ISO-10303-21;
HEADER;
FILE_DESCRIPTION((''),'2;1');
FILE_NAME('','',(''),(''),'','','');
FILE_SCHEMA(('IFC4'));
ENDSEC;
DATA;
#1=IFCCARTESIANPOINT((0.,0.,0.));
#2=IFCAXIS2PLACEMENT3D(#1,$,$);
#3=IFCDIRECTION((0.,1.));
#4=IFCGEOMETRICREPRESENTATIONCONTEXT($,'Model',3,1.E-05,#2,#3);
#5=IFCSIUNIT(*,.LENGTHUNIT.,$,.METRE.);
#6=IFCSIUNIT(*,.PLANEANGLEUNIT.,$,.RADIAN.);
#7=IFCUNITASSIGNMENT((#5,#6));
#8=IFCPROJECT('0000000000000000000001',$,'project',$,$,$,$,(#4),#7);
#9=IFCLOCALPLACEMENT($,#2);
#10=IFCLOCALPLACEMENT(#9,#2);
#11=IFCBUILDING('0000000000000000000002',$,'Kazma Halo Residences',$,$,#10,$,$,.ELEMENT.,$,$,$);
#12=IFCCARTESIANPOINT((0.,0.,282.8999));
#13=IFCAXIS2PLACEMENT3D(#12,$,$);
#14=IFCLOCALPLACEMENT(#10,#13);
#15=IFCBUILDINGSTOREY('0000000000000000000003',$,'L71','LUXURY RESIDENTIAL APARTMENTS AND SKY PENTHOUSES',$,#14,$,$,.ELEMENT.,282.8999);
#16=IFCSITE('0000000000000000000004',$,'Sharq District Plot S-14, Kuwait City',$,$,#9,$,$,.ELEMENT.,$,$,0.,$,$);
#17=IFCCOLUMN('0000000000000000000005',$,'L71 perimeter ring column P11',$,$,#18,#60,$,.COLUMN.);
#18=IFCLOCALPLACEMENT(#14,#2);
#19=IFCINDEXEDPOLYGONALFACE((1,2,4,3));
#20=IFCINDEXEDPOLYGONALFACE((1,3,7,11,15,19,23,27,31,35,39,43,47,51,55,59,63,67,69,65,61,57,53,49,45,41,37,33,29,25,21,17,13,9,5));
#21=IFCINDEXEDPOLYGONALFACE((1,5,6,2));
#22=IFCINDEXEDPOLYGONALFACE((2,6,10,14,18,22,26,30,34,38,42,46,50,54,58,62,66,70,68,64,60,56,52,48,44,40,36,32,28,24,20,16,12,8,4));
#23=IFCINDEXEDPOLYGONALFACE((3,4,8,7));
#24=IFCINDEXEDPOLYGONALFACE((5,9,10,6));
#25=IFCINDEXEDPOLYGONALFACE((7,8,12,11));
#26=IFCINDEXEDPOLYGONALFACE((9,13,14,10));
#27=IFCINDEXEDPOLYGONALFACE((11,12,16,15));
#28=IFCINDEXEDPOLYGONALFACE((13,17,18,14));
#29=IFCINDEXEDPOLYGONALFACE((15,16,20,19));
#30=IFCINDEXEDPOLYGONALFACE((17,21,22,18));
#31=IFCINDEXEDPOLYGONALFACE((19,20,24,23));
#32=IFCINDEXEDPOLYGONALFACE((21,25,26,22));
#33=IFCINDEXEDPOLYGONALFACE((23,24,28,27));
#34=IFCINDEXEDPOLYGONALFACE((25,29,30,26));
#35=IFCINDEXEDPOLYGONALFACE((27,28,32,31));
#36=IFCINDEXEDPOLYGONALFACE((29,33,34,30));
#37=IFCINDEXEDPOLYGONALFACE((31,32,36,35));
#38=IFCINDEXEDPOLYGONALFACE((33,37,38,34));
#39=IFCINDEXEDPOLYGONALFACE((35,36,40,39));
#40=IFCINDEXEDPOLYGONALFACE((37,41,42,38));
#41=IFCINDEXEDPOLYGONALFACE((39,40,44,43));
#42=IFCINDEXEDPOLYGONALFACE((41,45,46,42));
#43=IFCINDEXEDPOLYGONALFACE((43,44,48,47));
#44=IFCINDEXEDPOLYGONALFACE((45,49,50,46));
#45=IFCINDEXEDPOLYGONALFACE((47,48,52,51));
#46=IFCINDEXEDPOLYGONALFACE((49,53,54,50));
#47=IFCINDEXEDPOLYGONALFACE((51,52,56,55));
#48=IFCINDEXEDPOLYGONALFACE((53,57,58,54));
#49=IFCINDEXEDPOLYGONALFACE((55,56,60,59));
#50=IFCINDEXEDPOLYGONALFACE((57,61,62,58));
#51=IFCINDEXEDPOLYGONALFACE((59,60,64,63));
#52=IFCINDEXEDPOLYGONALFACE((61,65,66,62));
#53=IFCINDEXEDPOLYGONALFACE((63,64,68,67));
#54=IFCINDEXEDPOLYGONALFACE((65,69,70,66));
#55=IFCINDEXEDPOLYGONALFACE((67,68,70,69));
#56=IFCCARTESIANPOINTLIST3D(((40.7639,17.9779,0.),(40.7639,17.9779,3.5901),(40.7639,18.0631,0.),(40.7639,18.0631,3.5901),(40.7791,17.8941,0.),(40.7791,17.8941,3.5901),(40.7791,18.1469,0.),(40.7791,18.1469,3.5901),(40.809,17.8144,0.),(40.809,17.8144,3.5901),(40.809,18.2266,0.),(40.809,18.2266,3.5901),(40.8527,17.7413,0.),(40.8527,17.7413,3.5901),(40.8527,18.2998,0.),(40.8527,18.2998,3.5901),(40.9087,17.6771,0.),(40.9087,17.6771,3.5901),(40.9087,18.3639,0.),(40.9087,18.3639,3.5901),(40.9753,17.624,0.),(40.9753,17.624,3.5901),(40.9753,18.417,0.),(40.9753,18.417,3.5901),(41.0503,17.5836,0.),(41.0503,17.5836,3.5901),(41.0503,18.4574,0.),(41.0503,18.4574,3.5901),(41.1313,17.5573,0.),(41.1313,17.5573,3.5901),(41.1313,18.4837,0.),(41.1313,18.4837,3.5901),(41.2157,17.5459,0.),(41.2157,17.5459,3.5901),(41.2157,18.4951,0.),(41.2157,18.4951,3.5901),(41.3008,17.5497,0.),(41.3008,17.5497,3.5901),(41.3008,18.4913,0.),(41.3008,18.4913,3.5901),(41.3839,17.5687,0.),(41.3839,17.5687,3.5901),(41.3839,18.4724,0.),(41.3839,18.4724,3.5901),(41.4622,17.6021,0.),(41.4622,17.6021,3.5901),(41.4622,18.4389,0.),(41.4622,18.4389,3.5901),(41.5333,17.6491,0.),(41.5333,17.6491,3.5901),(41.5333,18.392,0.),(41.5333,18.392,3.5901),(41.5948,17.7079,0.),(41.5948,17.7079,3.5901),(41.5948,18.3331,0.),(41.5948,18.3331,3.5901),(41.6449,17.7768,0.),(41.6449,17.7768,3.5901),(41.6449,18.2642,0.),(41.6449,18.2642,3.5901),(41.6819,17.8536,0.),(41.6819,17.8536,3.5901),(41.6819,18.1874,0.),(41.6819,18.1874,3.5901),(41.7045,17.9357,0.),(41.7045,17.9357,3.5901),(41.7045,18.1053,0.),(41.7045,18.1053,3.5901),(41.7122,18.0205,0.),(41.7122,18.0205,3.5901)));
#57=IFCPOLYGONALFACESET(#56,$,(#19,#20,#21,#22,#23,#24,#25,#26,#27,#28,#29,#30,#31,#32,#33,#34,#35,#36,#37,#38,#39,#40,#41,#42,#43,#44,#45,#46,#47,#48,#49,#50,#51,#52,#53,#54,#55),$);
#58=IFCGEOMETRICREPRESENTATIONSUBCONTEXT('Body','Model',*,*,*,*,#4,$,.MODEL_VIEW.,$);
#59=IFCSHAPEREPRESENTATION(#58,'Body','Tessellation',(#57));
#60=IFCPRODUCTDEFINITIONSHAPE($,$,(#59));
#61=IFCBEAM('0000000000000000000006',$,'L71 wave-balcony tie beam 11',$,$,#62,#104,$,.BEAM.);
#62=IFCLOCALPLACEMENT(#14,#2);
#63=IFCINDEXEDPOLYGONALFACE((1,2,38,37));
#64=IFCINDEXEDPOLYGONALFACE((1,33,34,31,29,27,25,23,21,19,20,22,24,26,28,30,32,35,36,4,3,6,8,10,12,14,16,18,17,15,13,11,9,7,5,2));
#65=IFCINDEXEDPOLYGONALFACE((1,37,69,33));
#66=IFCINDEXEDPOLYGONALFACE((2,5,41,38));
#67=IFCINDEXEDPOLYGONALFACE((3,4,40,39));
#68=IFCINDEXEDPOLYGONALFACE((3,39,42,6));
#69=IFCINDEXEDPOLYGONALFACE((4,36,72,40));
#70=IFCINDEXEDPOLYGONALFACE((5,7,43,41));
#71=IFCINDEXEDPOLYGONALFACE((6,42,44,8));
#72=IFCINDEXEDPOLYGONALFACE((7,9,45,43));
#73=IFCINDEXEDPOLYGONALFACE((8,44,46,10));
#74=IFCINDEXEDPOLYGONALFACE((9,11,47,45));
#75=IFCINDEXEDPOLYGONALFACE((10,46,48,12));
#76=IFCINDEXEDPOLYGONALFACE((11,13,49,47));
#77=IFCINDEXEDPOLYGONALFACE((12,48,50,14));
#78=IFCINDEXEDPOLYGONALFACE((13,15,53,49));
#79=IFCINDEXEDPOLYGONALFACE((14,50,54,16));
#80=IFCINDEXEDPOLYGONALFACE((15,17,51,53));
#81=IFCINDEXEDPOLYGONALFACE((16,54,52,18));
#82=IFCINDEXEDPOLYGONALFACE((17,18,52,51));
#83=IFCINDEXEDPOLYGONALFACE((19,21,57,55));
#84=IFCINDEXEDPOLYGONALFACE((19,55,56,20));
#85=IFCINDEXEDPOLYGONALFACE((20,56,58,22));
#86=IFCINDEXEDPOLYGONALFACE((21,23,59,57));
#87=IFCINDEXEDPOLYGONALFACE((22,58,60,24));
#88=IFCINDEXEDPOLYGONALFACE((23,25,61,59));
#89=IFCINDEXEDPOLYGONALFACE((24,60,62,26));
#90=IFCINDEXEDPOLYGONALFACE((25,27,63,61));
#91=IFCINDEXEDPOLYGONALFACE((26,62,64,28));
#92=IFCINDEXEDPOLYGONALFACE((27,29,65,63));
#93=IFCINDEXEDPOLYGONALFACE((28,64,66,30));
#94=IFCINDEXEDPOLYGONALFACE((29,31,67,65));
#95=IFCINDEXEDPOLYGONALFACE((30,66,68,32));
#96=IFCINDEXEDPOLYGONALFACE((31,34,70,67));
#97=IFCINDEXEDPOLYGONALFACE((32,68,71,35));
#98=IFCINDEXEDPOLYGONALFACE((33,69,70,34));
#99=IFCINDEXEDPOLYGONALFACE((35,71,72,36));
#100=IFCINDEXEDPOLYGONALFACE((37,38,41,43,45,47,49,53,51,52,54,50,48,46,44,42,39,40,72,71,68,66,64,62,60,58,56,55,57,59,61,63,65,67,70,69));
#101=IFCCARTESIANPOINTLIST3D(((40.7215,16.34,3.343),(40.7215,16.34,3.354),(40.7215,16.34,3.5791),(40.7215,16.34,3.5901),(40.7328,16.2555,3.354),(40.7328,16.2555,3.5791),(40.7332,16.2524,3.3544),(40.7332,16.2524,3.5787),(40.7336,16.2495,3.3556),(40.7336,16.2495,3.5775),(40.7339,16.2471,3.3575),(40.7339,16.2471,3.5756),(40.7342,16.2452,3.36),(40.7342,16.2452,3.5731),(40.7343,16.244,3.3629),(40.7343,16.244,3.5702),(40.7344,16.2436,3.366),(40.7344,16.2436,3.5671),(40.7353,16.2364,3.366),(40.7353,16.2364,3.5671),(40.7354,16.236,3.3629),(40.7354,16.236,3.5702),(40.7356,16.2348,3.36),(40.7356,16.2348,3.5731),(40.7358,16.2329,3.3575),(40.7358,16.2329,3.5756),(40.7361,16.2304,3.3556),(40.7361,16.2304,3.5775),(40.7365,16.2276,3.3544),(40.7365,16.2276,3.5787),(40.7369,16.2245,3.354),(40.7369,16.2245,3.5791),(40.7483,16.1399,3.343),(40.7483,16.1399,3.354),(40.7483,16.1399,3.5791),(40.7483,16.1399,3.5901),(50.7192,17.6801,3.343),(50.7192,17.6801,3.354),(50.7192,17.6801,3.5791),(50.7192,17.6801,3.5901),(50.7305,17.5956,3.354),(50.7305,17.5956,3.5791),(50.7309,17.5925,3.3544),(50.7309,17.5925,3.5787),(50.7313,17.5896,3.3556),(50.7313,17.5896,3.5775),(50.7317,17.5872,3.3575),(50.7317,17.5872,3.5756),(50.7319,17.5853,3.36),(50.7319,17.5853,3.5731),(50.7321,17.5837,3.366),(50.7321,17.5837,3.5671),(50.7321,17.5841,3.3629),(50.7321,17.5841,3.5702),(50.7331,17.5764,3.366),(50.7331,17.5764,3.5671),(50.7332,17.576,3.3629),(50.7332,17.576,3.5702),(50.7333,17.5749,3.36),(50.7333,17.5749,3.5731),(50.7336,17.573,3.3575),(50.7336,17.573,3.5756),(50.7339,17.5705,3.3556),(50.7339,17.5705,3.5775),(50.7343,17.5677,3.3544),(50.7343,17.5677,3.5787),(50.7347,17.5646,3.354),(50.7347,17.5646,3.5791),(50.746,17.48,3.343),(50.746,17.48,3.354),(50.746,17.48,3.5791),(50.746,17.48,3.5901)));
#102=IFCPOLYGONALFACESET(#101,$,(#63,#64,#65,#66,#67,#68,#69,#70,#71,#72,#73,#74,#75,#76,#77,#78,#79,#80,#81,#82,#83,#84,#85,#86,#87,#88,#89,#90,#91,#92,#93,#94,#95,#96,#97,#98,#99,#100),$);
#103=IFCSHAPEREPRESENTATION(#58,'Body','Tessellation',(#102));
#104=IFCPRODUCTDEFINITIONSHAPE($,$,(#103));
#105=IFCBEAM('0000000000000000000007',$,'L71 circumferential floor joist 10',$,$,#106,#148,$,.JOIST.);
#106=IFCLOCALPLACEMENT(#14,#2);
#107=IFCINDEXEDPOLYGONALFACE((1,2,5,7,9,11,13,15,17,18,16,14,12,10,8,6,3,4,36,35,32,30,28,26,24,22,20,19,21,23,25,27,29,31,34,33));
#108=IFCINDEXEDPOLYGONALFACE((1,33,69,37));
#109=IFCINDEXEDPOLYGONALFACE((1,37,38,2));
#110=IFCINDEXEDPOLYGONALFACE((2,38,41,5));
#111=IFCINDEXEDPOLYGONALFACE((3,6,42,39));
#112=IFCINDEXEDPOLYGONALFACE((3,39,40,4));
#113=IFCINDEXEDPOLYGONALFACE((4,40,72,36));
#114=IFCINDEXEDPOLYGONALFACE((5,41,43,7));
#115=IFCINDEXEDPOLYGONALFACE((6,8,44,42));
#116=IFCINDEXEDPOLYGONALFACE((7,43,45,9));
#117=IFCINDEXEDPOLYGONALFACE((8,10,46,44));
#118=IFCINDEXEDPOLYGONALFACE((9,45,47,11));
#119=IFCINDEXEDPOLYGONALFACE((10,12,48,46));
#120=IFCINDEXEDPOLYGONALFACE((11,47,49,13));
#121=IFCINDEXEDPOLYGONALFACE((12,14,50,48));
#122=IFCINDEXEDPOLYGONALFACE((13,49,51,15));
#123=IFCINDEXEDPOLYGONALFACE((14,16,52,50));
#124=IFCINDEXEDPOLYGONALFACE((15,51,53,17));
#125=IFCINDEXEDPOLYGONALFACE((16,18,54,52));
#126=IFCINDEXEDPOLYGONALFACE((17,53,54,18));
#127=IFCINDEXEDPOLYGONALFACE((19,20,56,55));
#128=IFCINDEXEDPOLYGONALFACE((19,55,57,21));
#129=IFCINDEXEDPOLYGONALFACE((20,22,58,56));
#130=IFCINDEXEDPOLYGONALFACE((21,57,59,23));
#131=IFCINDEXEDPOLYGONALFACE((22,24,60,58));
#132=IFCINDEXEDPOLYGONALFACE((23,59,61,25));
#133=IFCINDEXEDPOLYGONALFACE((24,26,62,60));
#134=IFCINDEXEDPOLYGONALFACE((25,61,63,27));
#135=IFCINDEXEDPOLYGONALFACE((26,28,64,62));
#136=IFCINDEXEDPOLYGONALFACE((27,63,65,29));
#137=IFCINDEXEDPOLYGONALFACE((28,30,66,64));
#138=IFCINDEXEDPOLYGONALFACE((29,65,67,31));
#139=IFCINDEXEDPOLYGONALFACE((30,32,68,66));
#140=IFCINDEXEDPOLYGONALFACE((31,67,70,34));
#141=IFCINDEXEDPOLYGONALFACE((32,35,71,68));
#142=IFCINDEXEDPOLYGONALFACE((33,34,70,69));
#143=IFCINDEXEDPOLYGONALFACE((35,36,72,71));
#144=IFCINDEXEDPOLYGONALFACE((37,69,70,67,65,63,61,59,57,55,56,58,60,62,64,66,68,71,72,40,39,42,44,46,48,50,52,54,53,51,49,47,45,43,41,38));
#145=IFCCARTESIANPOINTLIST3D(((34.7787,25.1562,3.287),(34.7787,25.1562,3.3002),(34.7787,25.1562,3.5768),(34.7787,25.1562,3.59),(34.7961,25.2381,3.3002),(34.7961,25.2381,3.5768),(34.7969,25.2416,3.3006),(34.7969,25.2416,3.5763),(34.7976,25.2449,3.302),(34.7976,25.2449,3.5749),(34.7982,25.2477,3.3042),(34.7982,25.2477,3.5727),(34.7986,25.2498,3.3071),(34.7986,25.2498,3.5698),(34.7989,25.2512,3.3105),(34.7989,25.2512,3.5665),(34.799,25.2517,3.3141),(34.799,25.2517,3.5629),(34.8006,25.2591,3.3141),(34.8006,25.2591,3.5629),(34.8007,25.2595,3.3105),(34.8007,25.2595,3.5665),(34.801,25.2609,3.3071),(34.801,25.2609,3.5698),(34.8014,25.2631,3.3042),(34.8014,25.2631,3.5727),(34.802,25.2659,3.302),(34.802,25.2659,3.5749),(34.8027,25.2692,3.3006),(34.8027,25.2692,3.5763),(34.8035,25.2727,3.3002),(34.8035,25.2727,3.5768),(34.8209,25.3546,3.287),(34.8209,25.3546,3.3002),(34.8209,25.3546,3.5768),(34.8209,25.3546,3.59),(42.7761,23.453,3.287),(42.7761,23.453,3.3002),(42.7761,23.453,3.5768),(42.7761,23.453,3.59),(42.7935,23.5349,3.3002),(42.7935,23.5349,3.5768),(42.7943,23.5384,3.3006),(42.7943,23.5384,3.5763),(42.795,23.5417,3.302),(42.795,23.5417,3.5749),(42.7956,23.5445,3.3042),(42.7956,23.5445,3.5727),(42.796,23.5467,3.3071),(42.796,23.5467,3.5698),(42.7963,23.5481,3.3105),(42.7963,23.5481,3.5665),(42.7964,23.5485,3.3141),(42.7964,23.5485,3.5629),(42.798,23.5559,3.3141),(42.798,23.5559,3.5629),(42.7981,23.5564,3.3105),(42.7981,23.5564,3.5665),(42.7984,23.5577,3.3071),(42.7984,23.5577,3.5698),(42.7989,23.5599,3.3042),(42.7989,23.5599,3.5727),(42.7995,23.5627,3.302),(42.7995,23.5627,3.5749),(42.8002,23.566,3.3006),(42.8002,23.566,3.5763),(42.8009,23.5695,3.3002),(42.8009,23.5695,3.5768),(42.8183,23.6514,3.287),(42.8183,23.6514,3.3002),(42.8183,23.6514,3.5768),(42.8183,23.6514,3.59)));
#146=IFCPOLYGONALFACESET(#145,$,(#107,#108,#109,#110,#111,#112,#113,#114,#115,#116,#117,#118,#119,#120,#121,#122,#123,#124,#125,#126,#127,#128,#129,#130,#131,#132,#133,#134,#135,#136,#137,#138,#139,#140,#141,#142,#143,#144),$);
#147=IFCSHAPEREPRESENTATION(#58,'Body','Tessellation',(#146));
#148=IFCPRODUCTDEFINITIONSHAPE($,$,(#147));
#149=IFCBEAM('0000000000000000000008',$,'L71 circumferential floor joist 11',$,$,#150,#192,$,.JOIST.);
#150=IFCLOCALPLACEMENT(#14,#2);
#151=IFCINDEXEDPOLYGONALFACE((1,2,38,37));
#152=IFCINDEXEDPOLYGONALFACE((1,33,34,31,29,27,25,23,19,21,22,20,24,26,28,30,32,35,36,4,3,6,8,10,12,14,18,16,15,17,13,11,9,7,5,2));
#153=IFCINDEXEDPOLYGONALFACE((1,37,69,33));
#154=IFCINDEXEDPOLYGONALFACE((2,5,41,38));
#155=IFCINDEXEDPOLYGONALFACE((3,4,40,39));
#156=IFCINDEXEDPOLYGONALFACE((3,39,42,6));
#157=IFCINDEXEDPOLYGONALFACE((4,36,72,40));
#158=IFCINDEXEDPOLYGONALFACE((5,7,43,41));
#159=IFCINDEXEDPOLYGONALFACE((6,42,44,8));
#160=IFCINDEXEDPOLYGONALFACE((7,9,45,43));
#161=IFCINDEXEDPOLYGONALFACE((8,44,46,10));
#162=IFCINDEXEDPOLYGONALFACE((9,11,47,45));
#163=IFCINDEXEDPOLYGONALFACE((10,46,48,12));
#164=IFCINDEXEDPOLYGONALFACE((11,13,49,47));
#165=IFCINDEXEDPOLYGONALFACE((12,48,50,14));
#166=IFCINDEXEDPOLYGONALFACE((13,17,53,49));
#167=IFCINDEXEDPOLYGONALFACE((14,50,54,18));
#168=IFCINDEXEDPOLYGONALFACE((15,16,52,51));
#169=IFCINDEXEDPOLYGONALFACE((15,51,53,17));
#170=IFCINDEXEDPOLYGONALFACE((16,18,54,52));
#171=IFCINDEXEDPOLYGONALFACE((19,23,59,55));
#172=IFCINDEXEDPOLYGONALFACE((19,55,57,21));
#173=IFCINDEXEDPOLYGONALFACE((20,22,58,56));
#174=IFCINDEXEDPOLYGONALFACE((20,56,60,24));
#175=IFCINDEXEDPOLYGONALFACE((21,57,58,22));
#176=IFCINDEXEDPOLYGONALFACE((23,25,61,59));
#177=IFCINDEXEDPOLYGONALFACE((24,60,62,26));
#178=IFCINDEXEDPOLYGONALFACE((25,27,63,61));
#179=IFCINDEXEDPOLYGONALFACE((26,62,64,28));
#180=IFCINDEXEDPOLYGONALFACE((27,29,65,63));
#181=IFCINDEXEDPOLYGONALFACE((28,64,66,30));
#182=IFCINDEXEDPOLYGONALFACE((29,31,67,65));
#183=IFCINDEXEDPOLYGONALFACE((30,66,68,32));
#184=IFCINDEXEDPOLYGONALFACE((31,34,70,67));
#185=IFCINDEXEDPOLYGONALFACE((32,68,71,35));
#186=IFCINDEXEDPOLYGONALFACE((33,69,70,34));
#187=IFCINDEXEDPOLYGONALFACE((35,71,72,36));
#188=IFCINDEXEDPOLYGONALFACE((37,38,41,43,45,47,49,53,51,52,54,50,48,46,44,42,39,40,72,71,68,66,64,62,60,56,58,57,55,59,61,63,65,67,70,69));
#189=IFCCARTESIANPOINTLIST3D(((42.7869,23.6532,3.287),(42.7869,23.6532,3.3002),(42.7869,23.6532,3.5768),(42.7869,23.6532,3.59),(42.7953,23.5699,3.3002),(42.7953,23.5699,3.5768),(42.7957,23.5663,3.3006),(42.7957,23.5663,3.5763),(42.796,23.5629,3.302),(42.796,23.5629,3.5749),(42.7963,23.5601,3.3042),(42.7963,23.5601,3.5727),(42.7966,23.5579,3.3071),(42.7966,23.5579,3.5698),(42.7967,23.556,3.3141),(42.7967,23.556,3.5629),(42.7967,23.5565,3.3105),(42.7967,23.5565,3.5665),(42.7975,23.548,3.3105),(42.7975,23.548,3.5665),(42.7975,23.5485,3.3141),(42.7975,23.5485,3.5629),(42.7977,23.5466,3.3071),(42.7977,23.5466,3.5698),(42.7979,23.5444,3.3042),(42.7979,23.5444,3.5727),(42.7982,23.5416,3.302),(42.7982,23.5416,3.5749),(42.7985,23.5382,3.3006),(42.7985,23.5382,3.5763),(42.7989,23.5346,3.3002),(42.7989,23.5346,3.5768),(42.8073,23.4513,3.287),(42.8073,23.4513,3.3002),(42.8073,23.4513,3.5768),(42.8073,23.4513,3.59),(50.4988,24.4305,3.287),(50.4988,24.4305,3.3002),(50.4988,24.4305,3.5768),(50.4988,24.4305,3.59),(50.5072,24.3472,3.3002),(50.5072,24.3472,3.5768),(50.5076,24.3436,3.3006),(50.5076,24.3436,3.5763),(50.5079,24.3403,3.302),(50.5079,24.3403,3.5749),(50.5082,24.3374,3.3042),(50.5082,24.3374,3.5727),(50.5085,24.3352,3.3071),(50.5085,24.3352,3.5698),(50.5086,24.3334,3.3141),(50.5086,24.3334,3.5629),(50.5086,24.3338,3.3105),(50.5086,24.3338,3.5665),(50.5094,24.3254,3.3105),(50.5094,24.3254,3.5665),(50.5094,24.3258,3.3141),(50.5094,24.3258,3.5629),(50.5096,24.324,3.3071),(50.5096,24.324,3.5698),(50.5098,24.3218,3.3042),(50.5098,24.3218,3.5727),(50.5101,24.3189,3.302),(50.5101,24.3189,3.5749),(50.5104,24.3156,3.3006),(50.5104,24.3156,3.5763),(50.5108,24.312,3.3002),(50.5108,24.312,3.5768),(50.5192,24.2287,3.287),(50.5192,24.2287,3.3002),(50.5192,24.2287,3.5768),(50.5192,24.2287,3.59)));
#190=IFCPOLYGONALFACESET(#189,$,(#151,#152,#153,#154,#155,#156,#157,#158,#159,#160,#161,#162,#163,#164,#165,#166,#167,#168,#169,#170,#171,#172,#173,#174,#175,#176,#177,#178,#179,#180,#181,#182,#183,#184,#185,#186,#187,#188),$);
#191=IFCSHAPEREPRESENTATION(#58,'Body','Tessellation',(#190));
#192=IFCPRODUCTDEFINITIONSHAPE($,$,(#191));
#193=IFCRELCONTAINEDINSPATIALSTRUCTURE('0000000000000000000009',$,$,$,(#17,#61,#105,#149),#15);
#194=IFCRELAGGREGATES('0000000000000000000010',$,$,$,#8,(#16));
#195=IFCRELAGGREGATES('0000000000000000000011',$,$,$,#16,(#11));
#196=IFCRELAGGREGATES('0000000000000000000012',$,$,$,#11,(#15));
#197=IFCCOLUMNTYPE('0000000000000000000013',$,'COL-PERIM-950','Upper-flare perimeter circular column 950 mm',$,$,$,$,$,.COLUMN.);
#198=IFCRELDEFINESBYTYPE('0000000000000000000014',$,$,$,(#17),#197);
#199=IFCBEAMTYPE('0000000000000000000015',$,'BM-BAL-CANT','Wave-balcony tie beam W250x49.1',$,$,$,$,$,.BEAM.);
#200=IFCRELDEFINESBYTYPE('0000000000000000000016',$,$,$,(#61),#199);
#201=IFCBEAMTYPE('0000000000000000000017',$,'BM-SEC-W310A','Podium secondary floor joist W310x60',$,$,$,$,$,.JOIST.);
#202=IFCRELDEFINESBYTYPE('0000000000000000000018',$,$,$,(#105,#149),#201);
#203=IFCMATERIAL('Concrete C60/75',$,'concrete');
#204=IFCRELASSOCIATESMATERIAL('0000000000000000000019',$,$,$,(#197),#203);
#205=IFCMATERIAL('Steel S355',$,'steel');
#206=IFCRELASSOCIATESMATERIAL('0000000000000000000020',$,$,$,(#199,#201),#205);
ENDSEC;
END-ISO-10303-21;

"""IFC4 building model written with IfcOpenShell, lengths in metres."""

from ifc_helpers import new_model, si_unit, direction, frame, origin, origin_2d, place, context, subcontext, project, spatial, circle, i_section, extrude, material, material_profile, profile_set, type_object, element, save


model = new_model("IFC4")

# Units and contexts
model_context = context("Model", 3, precision=1e-05, world=origin(), true_north=direction((0.0, 1.0)))
body_context = subcontext(model_context, "Body", "Model", "MODEL_VIEW")
ifc_project = project(units=[si_unit("LENGTHUNIT", "METRE"), si_unit("PLANEANGLEUNIT", "RADIAN")], contexts=[model_context])

# Site, building, storey
site_placement = place(None, origin())
site = spatial("IfcSite", under=ifc_project, at=site_placement, Name="Sharq District Plot S-14, Kuwait City", CompositionType="ELEMENT", RefElevation=0.0)
building_placement = place(site_placement, origin())
building = spatial("IfcBuilding", under=site, at=building_placement, Name="Kazma Halo Residences", CompositionType="ELEMENT")
storey_placement = place(building_placement, frame((0.0, 0.0, 282.8999)))
storey = spatial("IfcBuildingStorey", under=building, at=storey_placement, Name="L71", Description="LUXURY RESIDENTIAL APARTMENTS AND SKY PENTHOUSES", CompositionType="ELEMENT", Elevation=282.8999)

# Column
ifc_material_1 = material(Name="Concrete C60/75", Category="concrete")
ifc_material_profile_1 = material_profile(ifc_material_1, circle(Radius=0.4751, at=origin_2d()), Name="CIRC950")
ifc_profile_set_1 = profile_set([ifc_material_profile_1], Name="Concrete C60/75")
column_type = type_object("IfcColumnType", Name="COL-PERIM-950", Description="Upper-flare perimeter circular column 950 mm", PredefinedType="COLUMN", material=ifc_profile_set_1)
column_placement = place(storey_placement, frame((41.2371, 18.0205, 0.0), z_axis=(0.0, 0.0, 1.0), x_axis=(1.0, 0.0, 0.0)))
element("IfcColumn", 1, at=column_placement, inside=storey, type_object=column_type, Name="L71 perimeter ring column P11", PredefinedType="COLUMN", context=body_context, shape_type="SweptSolid", body=[
    extrude(circle(Radius=0.4751, at=origin_2d()), origin(), (0.0, 0.0, 1.0), 3.5901),
])

# Beams
ifc_material_2 = material(Name="Steel S355", Category="steel")
ifc_material_profile_2 = material_profile(ifc_material_2, i_section(OverallWidth=0.2019, OverallDepth=0.2471, WebThickness=0.0073, FlangeThickness=0.011, FilletRadius=0.012, at=origin_2d()), Name="W250x49.1")
ifc_profile_set_2 = profile_set([ifc_material_profile_2], Name="Steel S355")
beam_type_1 = type_object("IfcBeamType", Name="BM-BAL-CANT", Description="Wave-balcony tie beam W250x49.1", PredefinedType="BEAM", material=ifc_profile_set_2)
beam_1_placement = place(storey_placement, frame((40.7349, 16.24, 3.4666), z_axis=(0.991136, 0.13285, 0.0), x_axis=(-0.13285, 0.991136, 0.0)))
element("IfcBeam", 2, at=beam_1_placement, inside=storey, type_object=beam_type_1, Name="L71 wave-balcony tie beam 11", PredefinedType="BEAM", context=body_context, shape_type="SweptSolid", body=[
    extrude(i_section(OverallWidth=0.2019, OverallDepth=0.2471, WebThickness=0.0073, FlangeThickness=0.011, FilletRadius=0.012, at=origin_2d()), origin(), (0.0, 0.0, 1.0), 10.0872),
])
ifc_material_profile_3 = material_profile(ifc_material_2, i_section(OverallWidth=0.2029, OverallDepth=0.303, WebThickness=0.0076, FlangeThickness=0.0132, FilletRadius=0.0139, at=origin_2d()), Name="W310x60")
ifc_profile_set_3 = profile_set([ifc_material_profile_3], Name="Steel S355")
beam_type_2 = type_object("IfcBeamType", Name="BM-SEC-W310A", Description="Podium secondary floor joist W310x60", PredefinedType="JOIST", material=ifc_profile_set_3)
beam_2_placement = place(storey_placement, frame((34.7998, 25.2554, 3.4385), z_axis=(0.978067, -0.208291, 0.0), x_axis=(0.208291, 0.978067, 0.0)))
element("IfcBeam", 3, at=beam_2_placement, inside=storey, type_object=beam_type_2, Name="L71 circumferential floor joist 10", PredefinedType="JOIST", context=body_context, shape_type="SweptSolid", body=[
    extrude(i_section(OverallWidth=0.2029, OverallDepth=0.303, WebThickness=0.0076, FlangeThickness=0.0132, FilletRadius=0.0139, at=origin_2d()), origin(), (0.0, 0.0, 1.0), 8.1768),
])
beam_3_placement = place(storey_placement, frame((42.7971, 23.5522, 3.4385), z_axis=(0.994958, 0.10029, 0.0), x_axis=(-0.10029, 0.994958, 0.0)))
element("IfcBeam", 4, at=beam_3_placement, inside=storey, type_object=beam_type_2, Name="L71 circumferential floor joist 11", PredefinedType="JOIST", context=body_context, shape_type="SweptSolid", body=[
    extrude(i_section(OverallWidth=0.2029, OverallDepth=0.303, WebThickness=0.0076, FlangeThickness=0.0132, FilletRadius=0.0139, at=origin_2d()), origin(), (0.0, 0.0, 1.0), 7.751),
])

save(model, "model.ifc")
